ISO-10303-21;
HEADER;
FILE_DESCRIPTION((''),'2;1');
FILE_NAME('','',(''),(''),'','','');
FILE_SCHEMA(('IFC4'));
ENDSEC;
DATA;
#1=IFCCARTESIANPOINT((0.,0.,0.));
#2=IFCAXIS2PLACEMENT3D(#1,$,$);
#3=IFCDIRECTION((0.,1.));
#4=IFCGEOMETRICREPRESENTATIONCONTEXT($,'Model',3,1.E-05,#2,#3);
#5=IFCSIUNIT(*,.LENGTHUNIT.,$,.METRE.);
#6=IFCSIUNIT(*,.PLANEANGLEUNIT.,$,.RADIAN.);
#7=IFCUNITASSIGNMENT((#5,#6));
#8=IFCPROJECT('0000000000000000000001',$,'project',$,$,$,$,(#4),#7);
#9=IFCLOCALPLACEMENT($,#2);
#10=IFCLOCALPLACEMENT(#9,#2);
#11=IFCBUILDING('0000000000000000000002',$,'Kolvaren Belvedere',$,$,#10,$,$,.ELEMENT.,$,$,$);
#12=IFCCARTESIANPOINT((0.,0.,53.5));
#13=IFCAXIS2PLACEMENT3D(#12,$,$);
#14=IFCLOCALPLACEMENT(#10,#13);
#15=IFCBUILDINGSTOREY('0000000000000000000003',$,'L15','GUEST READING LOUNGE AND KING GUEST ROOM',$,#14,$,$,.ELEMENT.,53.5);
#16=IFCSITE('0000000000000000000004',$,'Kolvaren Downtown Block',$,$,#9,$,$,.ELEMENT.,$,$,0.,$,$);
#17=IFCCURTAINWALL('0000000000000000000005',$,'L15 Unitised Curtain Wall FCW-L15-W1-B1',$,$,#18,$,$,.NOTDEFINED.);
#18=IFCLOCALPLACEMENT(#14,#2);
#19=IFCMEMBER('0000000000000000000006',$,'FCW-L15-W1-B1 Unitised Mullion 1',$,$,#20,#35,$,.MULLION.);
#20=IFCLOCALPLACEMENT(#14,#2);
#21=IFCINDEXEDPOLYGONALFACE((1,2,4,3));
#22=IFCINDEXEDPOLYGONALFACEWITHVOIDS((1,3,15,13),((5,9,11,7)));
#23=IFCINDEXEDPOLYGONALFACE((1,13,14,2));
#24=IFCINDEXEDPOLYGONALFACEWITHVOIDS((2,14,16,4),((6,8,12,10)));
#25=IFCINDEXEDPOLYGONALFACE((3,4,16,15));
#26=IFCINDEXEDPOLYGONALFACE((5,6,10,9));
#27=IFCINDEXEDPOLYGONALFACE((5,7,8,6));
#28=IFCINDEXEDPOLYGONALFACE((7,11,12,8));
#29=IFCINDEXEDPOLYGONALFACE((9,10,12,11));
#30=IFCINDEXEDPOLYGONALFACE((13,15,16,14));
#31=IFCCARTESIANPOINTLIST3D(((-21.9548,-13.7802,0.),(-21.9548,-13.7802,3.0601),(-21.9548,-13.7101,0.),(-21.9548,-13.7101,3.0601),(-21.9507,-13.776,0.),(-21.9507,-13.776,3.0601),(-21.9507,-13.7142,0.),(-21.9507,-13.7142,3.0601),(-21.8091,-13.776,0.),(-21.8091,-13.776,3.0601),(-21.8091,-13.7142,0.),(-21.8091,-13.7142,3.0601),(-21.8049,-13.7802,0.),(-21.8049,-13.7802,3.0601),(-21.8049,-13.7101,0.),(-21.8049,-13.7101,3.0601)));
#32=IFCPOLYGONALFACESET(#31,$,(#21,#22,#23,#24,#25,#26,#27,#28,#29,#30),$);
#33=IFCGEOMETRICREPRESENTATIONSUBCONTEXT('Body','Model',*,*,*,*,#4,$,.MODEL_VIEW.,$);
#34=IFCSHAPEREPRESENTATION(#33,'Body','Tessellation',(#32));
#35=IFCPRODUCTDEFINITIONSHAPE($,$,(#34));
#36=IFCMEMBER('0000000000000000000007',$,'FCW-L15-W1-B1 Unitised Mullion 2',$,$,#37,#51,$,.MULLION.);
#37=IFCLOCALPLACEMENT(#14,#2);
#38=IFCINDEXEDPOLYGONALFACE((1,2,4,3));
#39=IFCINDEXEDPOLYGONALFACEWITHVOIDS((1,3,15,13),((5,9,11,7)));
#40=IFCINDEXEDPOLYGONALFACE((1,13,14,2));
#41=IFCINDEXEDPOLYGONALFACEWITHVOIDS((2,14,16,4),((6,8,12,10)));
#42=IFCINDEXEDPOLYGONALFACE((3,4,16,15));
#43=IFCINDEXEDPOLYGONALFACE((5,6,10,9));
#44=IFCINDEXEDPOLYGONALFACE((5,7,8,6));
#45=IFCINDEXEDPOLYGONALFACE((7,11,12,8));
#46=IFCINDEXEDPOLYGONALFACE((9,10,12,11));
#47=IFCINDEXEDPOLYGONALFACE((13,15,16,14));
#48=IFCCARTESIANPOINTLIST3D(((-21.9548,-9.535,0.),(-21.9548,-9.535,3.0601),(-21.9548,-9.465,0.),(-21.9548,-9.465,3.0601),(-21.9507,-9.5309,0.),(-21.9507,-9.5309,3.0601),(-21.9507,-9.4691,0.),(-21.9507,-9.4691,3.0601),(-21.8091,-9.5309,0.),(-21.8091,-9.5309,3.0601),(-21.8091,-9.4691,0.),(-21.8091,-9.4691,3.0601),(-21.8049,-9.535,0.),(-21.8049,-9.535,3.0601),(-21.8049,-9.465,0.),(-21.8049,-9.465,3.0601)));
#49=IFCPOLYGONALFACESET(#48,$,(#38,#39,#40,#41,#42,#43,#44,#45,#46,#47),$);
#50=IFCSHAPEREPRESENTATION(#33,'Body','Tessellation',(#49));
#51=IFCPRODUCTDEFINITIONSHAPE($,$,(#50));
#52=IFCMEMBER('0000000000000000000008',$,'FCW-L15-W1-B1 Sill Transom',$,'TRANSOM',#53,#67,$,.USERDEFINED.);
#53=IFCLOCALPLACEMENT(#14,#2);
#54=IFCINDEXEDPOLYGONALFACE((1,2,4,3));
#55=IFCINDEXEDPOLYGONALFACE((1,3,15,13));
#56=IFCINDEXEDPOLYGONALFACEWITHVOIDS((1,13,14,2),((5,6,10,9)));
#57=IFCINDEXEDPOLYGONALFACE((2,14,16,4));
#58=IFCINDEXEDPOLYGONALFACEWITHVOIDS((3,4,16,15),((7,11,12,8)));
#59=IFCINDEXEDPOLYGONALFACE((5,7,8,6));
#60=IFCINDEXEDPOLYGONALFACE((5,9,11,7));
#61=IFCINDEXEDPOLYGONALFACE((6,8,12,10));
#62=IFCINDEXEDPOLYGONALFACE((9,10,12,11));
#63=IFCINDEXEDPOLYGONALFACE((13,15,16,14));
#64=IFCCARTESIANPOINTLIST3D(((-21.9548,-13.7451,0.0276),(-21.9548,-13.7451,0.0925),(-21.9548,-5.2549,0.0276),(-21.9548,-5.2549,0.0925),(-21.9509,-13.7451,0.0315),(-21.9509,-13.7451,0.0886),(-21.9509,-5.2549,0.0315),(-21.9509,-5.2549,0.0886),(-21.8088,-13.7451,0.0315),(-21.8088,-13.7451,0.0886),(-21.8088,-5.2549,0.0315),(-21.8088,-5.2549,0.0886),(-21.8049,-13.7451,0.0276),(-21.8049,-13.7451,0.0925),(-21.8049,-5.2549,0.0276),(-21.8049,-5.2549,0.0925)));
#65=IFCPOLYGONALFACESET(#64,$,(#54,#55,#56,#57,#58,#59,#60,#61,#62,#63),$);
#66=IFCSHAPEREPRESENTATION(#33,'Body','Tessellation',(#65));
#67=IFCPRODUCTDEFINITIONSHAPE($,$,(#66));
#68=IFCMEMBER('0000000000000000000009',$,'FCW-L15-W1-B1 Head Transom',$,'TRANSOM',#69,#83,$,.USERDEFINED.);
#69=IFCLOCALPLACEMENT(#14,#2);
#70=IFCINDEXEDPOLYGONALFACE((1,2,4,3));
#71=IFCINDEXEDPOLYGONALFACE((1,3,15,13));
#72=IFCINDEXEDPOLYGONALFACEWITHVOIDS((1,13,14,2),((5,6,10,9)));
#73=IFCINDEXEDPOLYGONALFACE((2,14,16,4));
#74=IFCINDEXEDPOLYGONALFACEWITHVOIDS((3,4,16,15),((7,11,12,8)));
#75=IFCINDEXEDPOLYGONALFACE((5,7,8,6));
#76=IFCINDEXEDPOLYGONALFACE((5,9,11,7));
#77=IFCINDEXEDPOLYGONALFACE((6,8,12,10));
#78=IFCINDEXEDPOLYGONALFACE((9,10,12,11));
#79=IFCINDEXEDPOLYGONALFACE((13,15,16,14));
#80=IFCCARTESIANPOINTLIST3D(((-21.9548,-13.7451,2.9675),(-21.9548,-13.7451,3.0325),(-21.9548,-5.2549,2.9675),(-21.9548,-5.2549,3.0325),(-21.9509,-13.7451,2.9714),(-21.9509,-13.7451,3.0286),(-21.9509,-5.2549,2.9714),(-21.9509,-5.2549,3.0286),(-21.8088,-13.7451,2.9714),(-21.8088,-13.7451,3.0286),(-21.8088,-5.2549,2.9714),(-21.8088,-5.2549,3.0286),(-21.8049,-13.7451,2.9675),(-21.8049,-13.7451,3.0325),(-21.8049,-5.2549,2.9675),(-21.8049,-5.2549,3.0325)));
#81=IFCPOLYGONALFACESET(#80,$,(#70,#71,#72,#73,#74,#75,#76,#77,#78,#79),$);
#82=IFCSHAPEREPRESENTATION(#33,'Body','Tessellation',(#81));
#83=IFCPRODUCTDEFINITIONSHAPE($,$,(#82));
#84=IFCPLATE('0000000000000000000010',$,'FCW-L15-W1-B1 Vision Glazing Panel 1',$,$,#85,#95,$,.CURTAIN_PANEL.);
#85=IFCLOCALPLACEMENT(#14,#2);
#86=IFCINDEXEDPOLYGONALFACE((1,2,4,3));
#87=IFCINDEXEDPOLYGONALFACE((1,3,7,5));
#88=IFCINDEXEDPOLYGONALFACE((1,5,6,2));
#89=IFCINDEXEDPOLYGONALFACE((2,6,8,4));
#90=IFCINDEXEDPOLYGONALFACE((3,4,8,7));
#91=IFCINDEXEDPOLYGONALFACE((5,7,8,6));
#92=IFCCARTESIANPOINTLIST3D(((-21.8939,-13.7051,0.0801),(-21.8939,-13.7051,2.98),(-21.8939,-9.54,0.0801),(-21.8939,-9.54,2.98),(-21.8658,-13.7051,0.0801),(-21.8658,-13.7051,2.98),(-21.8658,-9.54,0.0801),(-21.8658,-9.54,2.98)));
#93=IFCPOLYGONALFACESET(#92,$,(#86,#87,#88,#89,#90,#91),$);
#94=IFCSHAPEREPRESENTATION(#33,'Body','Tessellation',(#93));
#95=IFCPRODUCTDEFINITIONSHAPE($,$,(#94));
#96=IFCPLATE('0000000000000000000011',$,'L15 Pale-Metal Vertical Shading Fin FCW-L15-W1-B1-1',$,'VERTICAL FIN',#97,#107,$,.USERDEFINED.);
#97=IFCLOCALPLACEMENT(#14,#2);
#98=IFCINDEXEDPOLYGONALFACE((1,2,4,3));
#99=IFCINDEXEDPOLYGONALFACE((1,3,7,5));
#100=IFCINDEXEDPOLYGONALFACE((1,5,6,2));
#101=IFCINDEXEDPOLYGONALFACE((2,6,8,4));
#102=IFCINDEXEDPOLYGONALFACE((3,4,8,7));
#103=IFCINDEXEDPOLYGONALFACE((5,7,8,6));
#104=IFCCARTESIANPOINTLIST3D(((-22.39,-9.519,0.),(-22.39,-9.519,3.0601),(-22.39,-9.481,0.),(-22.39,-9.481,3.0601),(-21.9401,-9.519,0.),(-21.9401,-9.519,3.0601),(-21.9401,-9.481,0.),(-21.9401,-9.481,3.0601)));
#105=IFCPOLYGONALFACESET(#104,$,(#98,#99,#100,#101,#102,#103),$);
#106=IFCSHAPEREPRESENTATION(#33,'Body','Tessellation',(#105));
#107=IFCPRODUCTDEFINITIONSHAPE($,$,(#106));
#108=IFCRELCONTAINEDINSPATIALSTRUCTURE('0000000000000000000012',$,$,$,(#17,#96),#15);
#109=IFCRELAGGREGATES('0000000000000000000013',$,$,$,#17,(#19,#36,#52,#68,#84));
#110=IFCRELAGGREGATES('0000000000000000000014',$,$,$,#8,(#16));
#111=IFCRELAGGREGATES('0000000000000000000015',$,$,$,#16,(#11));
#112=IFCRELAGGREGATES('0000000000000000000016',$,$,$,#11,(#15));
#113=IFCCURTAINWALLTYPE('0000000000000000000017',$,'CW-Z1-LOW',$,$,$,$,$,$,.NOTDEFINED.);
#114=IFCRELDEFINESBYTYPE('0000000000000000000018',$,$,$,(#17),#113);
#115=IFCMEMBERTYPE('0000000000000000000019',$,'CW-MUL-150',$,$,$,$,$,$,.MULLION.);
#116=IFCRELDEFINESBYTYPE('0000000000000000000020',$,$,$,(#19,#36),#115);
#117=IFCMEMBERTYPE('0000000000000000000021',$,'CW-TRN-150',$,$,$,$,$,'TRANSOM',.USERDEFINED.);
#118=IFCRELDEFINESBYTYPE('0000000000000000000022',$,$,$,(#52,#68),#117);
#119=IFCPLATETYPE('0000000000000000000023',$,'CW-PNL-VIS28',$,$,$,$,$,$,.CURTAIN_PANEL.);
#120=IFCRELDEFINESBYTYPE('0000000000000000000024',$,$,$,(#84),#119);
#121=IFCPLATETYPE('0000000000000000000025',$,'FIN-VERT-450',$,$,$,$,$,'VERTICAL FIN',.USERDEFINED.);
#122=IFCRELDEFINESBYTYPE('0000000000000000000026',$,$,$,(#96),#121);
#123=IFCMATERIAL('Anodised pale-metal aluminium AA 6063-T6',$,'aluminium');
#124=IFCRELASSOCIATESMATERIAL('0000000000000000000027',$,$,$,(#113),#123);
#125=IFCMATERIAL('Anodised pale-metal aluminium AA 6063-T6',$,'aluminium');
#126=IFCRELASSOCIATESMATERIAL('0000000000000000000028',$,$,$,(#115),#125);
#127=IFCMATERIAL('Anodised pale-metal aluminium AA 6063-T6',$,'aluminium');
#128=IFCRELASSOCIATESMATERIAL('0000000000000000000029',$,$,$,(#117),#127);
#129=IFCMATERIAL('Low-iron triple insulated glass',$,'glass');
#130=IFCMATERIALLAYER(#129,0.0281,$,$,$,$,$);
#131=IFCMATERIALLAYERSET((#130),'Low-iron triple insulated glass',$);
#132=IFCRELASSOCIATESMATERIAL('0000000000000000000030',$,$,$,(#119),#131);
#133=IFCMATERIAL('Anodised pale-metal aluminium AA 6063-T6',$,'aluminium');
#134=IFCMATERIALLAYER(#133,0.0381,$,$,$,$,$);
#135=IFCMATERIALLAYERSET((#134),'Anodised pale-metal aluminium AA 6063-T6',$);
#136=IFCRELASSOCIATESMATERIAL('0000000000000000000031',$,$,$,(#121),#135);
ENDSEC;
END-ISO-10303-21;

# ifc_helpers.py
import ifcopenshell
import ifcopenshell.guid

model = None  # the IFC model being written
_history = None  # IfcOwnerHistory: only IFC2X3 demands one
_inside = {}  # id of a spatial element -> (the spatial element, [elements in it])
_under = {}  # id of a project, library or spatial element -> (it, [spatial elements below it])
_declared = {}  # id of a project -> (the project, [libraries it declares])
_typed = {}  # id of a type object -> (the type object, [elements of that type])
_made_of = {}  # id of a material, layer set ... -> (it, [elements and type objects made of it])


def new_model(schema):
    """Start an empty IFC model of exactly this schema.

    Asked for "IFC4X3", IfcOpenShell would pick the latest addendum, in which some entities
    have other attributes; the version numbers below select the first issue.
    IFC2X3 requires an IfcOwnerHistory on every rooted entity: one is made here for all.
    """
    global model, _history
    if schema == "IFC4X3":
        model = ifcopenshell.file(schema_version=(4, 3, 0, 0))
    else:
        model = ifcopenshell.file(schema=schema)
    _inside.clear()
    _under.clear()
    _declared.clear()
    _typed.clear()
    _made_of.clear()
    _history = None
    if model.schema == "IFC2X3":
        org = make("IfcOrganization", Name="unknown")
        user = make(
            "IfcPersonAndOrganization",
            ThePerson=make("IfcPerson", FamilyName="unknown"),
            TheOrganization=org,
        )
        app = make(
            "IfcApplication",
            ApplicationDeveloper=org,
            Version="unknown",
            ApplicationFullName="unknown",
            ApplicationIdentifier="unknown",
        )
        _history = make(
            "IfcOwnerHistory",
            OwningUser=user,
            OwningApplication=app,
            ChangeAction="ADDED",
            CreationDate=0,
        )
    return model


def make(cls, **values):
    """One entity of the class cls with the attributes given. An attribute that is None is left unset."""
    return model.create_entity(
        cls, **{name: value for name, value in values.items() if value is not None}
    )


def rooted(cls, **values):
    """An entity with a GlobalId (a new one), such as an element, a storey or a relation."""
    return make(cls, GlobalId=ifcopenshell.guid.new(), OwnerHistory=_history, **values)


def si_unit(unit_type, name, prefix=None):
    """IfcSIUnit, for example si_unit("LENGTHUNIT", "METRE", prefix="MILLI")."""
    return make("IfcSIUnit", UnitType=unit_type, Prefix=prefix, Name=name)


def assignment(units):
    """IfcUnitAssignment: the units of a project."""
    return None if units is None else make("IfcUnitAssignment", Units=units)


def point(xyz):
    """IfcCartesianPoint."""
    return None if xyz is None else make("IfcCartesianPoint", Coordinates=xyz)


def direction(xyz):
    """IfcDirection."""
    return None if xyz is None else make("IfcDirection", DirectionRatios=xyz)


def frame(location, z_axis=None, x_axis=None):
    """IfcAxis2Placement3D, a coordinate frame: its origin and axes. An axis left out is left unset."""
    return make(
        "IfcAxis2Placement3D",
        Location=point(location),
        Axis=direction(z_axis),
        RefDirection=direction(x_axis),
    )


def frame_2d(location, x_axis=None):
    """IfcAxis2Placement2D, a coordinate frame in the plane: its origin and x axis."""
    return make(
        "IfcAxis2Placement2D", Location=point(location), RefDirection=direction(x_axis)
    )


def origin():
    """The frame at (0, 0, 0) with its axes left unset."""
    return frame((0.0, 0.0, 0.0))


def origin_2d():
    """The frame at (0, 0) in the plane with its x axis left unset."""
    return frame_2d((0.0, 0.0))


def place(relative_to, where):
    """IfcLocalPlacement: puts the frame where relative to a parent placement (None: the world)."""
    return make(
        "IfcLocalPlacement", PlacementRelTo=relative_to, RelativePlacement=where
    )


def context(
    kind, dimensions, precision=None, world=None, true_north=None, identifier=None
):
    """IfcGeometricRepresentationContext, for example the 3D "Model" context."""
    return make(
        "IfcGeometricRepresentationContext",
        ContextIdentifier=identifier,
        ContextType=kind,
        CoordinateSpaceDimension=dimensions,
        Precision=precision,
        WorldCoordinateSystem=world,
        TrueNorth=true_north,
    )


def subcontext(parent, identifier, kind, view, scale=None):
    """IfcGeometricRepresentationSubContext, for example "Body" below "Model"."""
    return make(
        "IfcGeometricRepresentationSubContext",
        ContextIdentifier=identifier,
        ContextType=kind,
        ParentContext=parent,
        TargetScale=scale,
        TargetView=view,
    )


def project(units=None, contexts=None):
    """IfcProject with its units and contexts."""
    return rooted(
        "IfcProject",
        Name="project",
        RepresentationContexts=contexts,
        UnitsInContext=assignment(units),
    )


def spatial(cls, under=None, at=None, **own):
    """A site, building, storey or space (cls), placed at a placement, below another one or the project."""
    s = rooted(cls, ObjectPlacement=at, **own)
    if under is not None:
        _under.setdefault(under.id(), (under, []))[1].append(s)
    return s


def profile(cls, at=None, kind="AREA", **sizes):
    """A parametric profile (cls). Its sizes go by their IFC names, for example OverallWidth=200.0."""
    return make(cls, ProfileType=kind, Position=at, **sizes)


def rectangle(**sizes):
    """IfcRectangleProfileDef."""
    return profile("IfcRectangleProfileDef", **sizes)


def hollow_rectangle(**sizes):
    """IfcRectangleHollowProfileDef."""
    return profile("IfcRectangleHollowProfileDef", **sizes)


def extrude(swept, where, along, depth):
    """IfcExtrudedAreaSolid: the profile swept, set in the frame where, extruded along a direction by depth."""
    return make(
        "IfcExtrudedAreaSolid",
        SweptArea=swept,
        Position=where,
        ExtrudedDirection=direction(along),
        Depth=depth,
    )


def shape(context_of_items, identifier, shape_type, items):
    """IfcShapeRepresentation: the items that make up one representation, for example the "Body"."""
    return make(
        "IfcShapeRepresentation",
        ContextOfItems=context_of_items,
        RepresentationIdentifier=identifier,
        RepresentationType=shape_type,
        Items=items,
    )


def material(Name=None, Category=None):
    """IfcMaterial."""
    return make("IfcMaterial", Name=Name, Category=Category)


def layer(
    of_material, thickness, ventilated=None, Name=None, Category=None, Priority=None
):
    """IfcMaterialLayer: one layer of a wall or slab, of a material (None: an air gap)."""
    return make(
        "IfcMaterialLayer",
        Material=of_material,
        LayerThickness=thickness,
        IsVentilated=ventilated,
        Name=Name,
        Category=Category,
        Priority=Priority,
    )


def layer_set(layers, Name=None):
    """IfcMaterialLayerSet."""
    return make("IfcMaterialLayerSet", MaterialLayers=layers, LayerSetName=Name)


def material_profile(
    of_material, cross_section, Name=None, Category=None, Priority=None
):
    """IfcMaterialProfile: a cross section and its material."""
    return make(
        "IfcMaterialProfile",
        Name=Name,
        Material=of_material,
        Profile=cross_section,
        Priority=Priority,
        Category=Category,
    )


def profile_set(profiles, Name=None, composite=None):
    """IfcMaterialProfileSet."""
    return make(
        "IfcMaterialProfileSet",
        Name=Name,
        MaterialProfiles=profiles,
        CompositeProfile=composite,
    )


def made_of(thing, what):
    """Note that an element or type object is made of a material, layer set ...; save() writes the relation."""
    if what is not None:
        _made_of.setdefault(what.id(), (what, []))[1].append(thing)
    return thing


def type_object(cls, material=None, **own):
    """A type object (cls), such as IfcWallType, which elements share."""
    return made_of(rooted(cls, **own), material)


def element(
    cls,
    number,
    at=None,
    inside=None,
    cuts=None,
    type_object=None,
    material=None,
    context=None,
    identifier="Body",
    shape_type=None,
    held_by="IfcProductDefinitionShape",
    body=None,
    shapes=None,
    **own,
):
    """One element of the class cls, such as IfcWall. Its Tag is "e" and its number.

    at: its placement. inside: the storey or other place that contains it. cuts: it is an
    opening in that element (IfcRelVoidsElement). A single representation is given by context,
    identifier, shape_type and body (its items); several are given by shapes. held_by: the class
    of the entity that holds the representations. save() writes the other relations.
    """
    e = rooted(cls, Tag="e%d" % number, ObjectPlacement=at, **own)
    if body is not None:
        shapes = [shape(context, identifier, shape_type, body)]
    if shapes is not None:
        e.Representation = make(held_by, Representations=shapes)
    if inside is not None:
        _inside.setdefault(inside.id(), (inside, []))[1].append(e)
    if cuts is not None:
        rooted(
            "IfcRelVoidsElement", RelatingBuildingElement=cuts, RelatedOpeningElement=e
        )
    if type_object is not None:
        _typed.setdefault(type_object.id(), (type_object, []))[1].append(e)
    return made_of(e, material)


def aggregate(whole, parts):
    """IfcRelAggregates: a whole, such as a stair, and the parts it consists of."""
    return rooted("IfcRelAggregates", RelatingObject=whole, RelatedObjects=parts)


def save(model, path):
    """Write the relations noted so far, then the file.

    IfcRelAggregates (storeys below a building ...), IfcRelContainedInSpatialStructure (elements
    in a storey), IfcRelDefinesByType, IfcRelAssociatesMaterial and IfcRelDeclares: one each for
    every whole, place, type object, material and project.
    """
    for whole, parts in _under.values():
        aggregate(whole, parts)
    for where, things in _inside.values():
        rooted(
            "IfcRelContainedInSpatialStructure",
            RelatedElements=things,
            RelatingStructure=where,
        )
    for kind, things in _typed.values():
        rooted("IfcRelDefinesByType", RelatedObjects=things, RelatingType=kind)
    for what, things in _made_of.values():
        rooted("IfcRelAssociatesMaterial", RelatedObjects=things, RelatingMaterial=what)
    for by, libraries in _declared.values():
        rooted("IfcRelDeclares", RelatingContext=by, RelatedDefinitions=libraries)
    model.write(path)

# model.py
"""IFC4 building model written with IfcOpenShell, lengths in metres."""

from ifc_helpers import new_model, si_unit, direction, frame, origin, origin_2d, place, context, subcontext, project, spatial, rectangle, hollow_rectangle, extrude, material, layer, layer_set, material_profile, profile_set, type_object, element, aggregate, save


model = new_model("IFC4")

# Units and contexts
model_context = context("Model", 3, precision=1e-05, world=origin(), true_north=direction((0.0, 1.0)))
body_context = subcontext(model_context, "Body", "Model", "MODEL_VIEW")
ifc_project = project(units=[si_unit("LENGTHUNIT", "METRE"), si_unit("PLANEANGLEUNIT", "RADIAN")], contexts=[model_context])

# Site, building, storey
site_placement = place(None, origin())
site = spatial("IfcSite", under=ifc_project, at=site_placement, Name="Kolvaren Downtown Block", CompositionType="ELEMENT", RefElevation=0.0)
building_placement = place(site_placement, origin())
building = spatial("IfcBuilding", under=site, at=building_placement, Name="Kolvaren Belvedere", CompositionType="ELEMENT")
storey_placement = place(building_placement, frame((0.0, 0.0, 53.5)))
storey = spatial("IfcBuildingStorey", under=building, at=storey_placement, Name="L15", Description="GUEST READING LOUNGE AND KING GUEST ROOM", CompositionType="ELEMENT", Elevation=53.5)

# Curtain wall, members, plate
ifc_material_1 = material(Name="Anodised pale-metal aluminium AA 6063-T6", Category="aluminium")
curtain_wall_type = type_object("IfcCurtainWallType", Name="CW-Z1-LOW", PredefinedType="NOTDEFINED", material=ifc_material_1)
curtain_wall_placement = place(storey_placement, origin())
curtain_wall = element("IfcCurtainWall", 1, at=curtain_wall_placement, inside=storey, type_object=curtain_wall_type, Name="L15 Unitised Curtain Wall FCW-L15-W1-B1", PredefinedType="NOTDEFINED")
ifc_material_2 = material(Name="Anodised pale-metal aluminium AA 6063-T6", Category="aluminium")
ifc_material_profile_1 = material_profile(ifc_material_2, hollow_rectangle(XDim=0.0701, YDim=0.1499, WallThickness=0.0042, at=origin_2d()), Name="ALU-MUL-150X70")
ifc_profile_set_1 = profile_set([ifc_material_profile_1], Name="Anodised pale-metal aluminium AA 6063-T6")
member_type_1 = type_object("IfcMemberType", Name="CW-MUL-150", PredefinedType="MULLION", material=ifc_profile_set_1)
member_1_placement = place(storey_placement, frame((-21.8799, -13.7451, 0.0), z_axis=(0.0, 0.0, 1.0), x_axis=(0.0, 1.0, 0.0)))
member_1 = element("IfcMember", 2, at=member_1_placement, type_object=member_type_1, Name="FCW-L15-W1-B1 Unitised Mullion 1", PredefinedType="MULLION", context=body_context, shape_type="SweptSolid", body=[
    extrude(hollow_rectangle(XDim=0.0701, YDim=0.1499, WallThickness=0.0042, at=origin_2d()), origin(), (0.0, 0.0, 1.0), 3.0601),
])
member_2_placement = place(storey_placement, frame((-21.8799, -9.5, 0.0), z_axis=(0.0, 0.0, 1.0), x_axis=(0.0, 1.0, 0.0)))
member_2 = element("IfcMember", 3, at=member_2_placement, type_object=member_type_1, Name="FCW-L15-W1-B1 Unitised Mullion 2", PredefinedType="MULLION", context=body_context, shape_type="SweptSolid", body=[
    extrude(hollow_rectangle(XDim=0.0701, YDim=0.1499, WallThickness=0.0042, at=origin_2d()), origin(), (0.0, 0.0, 1.0), 3.0601),
])
ifc_material_3 = material(Name="Anodised pale-metal aluminium AA 6063-T6", Category="aluminium")
ifc_material_profile_2 = material_profile(ifc_material_3, hollow_rectangle(XDim=0.0649, YDim=0.1499, WallThickness=0.0039, at=origin_2d()), Name="ALU-TRN-150X65")
ifc_profile_set_2 = profile_set([ifc_material_profile_2], Name="Anodised pale-metal aluminium AA 6063-T6")
member_type_2 = type_object("IfcMemberType", Name="CW-TRN-150", ElementType="TRANSOM", PredefinedType="USERDEFINED", material=ifc_profile_set_2)
member_3_placement = place(storey_placement, frame((-21.8799, -13.7451, 0.0601), z_axis=(0.0, 1.0, 0.0), x_axis=(0.0, 0.0, 1.0)))
member_3 = element("IfcMember", 4, at=member_3_placement, type_object=member_type_2, Name="FCW-L15-W1-B1 Sill Transom", ObjectType="TRANSOM", PredefinedType="USERDEFINED", context=body_context, shape_type="SweptSolid", body=[
    extrude(hollow_rectangle(XDim=0.0649, YDim=0.1499, WallThickness=0.0039, at=origin_2d()), origin(), (0.0, 0.0, 1.0), 8.4902),
])
member_4_placement = place(storey_placement, frame((-21.8799, -13.7451, 3.0), z_axis=(0.0, 1.0, 0.0), x_axis=(0.0, 0.0, 1.0)))
member_4 = element("IfcMember", 5, at=member_4_placement, type_object=member_type_2, Name="FCW-L15-W1-B1 Head Transom", ObjectType="TRANSOM", PredefinedType="USERDEFINED", context=body_context, shape_type="SweptSolid", body=[
    extrude(hollow_rectangle(XDim=0.0649, YDim=0.1499, WallThickness=0.0039, at=origin_2d()), origin(), (0.0, 0.0, 1.0), 8.4902),
])
ifc_material_4 = material(Name="Low-iron triple insulated glass", Category="glass")
ifc_layer_1 = layer(ifc_material_4, 0.0281)
ifc_layer_set_1 = layer_set([ifc_layer_1], Name="Low-iron triple insulated glass")
plate_type_1 = type_object("IfcPlateType", Name="CW-PNL-VIS28", PredefinedType="CURTAIN_PANEL", material=ifc_layer_set_1)
plate_1_placement = place(storey_placement, frame((-21.8799, -11.6226, 0.0801), z_axis=(0.0, 0.0, 1.0), x_axis=(0.0, 1.0, 0.0)))
plate_1 = element("IfcPlate", 6, at=plate_1_placement, type_object=plate_type_1, Name="FCW-L15-W1-B1 Vision Glazing Panel 1", PredefinedType="CURTAIN_PANEL", context=body_context, shape_type="SweptSolid", body=[
    extrude(rectangle(XDim=4.165, YDim=0.0281, at=origin_2d()), origin(), (0.0, 0.0, 1.0), 2.8999),
])
aggregate(curtain_wall, [member_1, member_2, member_3, member_4, plate_1])

# Plate
ifc_material_5 = material(Name="Anodised pale-metal aluminium AA 6063-T6", Category="aluminium")
ifc_layer_2 = layer(ifc_material_5, 0.0381)
ifc_layer_set_2 = layer_set([ifc_layer_2], Name="Anodised pale-metal aluminium AA 6063-T6")
plate_type_2 = type_object("IfcPlateType", Name="FIN-VERT-450", ElementType="VERTICAL FIN", PredefinedType="USERDEFINED", material=ifc_layer_set_2)
plate_2_placement = place(storey_placement, frame((-22.165, -9.5, 0.0), z_axis=(0.0, 0.0, 1.0), x_axis=(1.0, 0.0, 0.0)))
element("IfcPlate", 7, at=plate_2_placement, inside=storey, type_object=plate_type_2, Name="L15 Pale-Metal Vertical Shading Fin FCW-L15-W1-B1-1", ObjectType="VERTICAL FIN", PredefinedType="USERDEFINED", context=body_context, shape_type="SweptSolid", body=[
    extrude(rectangle(XDim=0.45, YDim=0.0381, at=origin_2d()), origin(), (0.0, 0.0, 1.0), 3.0601),
])

save(model, "model.ifc")
